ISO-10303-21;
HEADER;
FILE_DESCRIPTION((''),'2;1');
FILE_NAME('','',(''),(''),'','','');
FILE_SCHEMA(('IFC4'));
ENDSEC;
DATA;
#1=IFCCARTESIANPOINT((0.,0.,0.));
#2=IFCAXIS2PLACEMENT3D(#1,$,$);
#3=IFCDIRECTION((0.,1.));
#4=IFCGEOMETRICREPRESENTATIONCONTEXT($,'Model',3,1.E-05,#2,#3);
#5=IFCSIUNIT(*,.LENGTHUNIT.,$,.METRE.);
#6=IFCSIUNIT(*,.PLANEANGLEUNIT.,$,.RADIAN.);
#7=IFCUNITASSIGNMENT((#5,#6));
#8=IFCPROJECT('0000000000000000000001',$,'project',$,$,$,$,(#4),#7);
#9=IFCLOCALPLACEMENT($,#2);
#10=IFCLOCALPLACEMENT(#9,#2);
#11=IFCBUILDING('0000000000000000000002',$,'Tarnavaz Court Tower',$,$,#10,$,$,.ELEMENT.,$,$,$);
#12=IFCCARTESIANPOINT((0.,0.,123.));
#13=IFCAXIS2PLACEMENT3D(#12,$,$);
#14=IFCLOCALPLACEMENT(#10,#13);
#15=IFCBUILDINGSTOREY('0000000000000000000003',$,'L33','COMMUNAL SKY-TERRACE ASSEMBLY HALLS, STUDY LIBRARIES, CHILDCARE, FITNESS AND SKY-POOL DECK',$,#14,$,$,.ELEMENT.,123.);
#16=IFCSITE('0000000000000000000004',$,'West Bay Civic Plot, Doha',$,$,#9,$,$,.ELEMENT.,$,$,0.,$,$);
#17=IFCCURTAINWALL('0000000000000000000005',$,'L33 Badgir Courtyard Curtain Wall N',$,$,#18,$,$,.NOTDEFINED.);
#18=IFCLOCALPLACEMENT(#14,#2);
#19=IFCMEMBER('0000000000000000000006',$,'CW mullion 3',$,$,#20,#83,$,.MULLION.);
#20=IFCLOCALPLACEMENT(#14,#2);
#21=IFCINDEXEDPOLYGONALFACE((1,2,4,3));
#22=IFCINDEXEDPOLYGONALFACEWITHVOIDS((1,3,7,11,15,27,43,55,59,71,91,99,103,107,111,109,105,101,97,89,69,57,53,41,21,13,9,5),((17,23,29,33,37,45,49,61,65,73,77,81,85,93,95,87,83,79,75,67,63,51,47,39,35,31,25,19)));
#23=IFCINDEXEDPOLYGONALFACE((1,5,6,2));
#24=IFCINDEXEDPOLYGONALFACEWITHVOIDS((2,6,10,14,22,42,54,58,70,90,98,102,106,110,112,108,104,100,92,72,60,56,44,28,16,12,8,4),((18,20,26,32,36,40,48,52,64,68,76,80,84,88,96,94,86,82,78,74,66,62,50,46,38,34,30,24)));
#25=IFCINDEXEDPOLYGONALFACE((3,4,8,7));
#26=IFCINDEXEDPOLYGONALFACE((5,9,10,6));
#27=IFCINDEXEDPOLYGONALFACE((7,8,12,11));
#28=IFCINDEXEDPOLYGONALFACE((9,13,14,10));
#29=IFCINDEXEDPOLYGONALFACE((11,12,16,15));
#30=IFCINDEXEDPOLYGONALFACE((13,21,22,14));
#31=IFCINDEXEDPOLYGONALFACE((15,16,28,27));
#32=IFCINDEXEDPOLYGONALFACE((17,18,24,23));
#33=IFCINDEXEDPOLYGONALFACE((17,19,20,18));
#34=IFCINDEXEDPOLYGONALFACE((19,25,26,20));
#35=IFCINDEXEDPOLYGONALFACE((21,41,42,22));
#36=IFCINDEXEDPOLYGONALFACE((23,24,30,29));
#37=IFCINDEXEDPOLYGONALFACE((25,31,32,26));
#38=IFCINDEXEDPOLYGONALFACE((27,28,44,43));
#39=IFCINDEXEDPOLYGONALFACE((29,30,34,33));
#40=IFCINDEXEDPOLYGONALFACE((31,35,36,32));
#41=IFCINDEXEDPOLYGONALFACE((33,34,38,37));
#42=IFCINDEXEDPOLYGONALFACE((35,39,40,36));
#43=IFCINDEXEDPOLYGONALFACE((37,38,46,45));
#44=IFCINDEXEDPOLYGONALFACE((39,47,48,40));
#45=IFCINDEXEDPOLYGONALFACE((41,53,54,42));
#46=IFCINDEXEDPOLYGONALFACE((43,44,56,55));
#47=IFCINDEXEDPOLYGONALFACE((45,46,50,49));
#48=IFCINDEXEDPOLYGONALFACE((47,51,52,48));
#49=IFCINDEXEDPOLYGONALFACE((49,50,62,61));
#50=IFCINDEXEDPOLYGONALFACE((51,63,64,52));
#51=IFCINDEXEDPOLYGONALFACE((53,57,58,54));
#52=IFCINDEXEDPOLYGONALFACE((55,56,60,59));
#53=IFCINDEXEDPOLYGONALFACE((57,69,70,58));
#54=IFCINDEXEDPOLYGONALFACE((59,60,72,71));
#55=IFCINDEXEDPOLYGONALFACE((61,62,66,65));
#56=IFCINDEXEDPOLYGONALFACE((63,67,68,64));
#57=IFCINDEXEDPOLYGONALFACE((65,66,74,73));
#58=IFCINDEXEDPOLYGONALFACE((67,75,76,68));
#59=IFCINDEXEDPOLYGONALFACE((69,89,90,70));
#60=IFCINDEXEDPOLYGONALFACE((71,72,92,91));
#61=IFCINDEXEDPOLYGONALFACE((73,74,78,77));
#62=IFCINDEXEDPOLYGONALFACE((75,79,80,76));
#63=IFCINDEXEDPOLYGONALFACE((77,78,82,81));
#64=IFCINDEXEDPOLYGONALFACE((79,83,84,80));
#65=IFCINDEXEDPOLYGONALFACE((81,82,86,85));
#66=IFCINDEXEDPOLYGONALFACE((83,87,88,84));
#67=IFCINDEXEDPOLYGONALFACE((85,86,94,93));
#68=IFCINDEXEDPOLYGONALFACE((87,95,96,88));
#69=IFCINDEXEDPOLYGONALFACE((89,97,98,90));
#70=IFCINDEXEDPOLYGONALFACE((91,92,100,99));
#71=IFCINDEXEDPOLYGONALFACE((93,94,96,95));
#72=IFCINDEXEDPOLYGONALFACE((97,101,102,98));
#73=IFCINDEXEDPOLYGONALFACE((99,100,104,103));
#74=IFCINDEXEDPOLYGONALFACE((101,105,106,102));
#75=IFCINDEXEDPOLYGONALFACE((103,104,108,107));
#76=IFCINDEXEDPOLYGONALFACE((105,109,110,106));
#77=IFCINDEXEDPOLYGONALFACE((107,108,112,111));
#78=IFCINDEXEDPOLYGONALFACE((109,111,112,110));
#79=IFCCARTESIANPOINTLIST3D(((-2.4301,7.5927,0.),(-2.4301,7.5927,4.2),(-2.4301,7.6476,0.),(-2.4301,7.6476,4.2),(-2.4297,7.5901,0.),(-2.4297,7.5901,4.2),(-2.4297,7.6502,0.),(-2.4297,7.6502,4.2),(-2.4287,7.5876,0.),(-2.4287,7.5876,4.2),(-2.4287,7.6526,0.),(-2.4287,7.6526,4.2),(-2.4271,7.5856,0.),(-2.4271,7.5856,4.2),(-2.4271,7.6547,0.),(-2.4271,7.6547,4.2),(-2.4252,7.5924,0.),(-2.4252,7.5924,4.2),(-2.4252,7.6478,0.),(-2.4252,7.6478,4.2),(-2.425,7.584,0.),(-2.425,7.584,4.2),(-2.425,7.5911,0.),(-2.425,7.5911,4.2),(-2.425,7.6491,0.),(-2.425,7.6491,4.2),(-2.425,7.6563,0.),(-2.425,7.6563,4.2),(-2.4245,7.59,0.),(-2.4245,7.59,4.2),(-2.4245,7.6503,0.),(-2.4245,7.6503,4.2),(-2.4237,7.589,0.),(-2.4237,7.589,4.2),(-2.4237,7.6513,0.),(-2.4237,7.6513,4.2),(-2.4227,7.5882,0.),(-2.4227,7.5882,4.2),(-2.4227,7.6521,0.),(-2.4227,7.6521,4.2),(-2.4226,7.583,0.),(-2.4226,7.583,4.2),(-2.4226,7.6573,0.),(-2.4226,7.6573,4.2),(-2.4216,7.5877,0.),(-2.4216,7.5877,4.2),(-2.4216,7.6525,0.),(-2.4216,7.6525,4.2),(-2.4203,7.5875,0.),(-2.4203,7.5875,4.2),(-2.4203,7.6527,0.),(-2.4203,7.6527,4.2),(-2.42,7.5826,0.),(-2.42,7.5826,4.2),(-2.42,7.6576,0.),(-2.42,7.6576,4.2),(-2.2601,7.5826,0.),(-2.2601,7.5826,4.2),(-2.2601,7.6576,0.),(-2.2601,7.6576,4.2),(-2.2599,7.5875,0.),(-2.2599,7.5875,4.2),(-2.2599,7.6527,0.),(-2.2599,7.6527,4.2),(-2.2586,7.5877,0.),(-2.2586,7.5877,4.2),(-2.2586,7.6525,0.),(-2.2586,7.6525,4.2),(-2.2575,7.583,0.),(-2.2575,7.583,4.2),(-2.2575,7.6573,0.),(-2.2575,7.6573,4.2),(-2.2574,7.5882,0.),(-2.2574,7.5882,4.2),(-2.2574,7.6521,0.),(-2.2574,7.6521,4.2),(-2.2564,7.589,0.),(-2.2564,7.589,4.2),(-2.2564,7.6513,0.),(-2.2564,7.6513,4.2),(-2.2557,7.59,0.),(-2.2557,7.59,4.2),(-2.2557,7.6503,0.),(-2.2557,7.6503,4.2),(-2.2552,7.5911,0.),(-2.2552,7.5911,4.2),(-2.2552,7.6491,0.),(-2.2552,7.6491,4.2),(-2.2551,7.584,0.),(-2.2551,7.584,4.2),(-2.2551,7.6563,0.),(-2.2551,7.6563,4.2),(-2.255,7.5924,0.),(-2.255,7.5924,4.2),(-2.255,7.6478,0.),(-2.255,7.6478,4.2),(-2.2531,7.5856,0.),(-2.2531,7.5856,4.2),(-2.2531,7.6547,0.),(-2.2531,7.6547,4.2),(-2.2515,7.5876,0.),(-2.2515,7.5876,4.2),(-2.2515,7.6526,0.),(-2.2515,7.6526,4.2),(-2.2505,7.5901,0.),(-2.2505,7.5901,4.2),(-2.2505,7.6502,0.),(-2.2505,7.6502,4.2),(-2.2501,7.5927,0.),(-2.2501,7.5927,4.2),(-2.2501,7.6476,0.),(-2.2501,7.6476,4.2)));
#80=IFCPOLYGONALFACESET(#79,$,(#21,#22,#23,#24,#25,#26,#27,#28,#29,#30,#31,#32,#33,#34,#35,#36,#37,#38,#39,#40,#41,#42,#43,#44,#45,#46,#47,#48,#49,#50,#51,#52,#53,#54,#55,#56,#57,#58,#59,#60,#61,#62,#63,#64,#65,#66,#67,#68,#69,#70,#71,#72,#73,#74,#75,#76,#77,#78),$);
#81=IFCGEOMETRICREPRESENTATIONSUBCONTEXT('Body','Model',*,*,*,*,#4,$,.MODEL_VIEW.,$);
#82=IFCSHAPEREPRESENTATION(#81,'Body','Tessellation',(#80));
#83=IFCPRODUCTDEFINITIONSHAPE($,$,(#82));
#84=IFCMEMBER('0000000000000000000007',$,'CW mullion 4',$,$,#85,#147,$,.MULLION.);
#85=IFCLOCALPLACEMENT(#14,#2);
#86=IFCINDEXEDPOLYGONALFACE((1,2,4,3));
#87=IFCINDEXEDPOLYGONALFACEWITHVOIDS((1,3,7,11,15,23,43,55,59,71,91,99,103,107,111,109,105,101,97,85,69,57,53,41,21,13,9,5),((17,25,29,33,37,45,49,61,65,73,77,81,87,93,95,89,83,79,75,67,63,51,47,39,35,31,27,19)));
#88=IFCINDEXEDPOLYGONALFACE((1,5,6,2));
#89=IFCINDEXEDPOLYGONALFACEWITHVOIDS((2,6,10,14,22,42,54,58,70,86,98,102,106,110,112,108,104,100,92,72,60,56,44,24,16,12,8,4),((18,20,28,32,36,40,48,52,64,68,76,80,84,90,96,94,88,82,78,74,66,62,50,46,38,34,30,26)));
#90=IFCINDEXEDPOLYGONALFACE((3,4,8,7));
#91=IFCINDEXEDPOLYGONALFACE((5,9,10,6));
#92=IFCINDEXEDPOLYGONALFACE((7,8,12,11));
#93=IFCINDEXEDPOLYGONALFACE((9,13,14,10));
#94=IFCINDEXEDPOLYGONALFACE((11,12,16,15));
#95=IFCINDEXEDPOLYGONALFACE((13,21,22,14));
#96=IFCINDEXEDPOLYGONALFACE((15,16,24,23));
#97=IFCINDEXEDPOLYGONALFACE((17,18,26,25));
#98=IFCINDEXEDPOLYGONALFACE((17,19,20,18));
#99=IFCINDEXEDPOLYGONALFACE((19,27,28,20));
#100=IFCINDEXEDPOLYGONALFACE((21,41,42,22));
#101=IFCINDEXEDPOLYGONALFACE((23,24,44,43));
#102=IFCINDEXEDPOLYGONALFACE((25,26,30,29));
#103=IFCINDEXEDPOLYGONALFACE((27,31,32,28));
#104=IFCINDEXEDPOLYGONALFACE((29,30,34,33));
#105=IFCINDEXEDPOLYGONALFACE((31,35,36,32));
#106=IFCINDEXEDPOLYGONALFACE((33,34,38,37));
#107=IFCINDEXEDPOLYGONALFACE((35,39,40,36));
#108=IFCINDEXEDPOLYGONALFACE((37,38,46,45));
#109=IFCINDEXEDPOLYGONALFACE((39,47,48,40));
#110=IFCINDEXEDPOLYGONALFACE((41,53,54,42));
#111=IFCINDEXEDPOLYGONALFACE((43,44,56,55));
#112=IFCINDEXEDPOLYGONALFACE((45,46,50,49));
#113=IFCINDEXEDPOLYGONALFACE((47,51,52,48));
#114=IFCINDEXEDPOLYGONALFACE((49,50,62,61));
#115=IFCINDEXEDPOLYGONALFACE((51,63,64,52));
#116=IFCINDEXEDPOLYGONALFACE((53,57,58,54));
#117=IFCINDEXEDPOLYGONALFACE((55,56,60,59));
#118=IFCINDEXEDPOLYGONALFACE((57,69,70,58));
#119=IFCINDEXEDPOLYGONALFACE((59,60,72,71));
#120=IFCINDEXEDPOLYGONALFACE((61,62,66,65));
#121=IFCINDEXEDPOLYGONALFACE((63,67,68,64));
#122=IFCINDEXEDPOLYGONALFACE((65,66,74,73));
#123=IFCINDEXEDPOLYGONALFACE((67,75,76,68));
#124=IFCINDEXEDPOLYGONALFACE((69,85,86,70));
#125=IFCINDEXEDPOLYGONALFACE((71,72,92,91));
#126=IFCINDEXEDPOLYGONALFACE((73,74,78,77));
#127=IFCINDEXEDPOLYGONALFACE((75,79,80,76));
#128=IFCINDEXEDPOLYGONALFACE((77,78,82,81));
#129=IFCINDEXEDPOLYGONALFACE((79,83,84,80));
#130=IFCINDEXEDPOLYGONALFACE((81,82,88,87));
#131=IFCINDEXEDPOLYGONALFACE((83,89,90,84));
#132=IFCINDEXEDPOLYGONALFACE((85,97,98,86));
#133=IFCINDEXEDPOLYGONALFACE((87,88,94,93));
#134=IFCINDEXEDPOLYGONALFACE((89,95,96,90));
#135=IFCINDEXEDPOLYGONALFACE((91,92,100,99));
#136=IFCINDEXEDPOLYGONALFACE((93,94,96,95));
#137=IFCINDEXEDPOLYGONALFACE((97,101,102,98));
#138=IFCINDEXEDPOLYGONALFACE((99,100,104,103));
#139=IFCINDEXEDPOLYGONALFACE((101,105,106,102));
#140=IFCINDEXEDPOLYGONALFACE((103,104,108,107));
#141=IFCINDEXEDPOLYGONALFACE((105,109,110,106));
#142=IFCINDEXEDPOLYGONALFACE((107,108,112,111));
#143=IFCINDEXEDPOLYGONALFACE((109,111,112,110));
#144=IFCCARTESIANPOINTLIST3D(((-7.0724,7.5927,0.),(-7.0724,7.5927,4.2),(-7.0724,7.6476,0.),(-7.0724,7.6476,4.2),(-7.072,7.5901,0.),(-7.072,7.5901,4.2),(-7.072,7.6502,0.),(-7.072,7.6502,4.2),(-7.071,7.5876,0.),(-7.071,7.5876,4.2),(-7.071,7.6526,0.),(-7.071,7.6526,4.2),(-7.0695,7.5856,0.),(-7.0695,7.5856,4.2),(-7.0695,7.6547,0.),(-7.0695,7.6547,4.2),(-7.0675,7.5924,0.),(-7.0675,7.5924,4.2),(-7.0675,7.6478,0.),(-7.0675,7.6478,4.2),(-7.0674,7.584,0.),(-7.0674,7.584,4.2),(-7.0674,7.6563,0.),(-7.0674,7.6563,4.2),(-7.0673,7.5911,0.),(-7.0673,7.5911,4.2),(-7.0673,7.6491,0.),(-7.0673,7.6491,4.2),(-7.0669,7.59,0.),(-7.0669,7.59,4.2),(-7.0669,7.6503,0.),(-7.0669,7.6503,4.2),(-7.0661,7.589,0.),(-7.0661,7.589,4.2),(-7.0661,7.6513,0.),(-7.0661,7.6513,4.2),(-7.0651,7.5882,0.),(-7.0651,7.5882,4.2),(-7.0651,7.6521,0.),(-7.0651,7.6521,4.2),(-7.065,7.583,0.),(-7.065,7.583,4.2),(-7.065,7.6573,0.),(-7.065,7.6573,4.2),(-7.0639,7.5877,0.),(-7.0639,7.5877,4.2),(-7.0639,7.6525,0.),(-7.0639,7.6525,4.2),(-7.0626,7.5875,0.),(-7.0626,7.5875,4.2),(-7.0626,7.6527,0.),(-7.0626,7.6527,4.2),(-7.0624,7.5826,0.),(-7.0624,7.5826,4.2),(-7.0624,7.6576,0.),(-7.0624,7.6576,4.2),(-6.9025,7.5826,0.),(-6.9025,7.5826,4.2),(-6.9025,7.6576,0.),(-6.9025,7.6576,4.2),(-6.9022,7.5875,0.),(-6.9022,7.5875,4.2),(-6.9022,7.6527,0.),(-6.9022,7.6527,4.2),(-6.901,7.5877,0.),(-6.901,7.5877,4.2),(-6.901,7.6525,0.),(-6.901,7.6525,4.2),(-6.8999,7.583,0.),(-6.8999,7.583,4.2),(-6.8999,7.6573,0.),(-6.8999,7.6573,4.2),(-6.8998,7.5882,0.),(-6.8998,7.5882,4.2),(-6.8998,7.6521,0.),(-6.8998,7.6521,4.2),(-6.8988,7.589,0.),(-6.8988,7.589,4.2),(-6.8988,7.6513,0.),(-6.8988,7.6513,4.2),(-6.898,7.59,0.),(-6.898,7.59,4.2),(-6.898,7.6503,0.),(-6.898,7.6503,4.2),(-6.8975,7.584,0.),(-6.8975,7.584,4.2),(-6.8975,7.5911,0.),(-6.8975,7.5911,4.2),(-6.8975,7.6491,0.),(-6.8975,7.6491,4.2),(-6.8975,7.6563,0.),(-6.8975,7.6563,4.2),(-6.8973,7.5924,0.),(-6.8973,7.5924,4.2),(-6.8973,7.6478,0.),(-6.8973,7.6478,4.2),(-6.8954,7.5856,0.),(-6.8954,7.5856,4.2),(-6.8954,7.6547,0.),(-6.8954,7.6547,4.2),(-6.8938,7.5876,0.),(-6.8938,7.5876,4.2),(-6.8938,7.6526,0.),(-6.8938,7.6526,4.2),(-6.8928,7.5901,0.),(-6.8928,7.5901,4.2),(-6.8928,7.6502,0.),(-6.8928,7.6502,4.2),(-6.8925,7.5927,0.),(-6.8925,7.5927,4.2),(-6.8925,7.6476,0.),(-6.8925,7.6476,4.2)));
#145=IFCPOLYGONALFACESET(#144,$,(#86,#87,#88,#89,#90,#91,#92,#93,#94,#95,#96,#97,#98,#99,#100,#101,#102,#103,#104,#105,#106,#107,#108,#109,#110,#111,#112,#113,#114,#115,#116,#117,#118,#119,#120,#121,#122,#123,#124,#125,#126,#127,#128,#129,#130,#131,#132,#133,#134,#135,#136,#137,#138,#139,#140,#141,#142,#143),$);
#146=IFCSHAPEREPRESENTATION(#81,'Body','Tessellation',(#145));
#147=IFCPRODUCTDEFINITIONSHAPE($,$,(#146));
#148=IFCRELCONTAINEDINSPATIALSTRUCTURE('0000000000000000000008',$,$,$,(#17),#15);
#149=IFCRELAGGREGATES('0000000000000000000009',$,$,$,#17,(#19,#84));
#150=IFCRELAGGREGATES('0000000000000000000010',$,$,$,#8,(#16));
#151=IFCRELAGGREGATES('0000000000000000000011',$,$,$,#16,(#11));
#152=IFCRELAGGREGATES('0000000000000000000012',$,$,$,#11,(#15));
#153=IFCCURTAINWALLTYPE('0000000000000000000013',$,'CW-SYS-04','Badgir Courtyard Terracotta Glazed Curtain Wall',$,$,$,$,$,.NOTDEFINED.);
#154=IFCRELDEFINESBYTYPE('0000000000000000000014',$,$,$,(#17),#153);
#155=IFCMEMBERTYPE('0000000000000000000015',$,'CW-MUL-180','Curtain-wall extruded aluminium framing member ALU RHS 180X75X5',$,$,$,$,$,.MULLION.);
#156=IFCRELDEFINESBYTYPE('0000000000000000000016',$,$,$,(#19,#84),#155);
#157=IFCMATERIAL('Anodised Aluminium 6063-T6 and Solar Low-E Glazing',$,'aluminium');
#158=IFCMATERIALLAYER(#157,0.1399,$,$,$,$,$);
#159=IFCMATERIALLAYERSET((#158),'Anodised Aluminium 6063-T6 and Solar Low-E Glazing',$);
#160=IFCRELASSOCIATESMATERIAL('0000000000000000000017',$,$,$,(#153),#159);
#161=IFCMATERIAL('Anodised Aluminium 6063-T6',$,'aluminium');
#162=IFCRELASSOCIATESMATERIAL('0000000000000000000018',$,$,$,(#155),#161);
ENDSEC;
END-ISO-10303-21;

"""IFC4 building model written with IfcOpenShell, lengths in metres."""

from ifc_helpers import new_model, si_unit, direction, frame, origin, origin_2d, place, context, subcontext, project, spatial, hollow_rectangle, extrude, material, layer, layer_set, material_profile, profile_set, type_object, element, aggregate, save


model = new_model("IFC4")

# Units and contexts
model_context = context("Model", 3, precision=1e-05, world=origin(), true_north=direction((0.0, 1.0)))
body_context = subcontext(model_context, "Body", "Model", "MODEL_VIEW")
ifc_project = project(units=[si_unit("LENGTHUNIT", "METRE"), si_unit("PLANEANGLEUNIT", "RADIAN")], contexts=[model_context])

# Site, building, storey
site_placement = place(None, origin())
site = spatial("IfcSite", under=ifc_project, at=site_placement, Name="West Bay Civic Plot, Doha", CompositionType="ELEMENT", RefElevation=0.0)
building_placement = place(site_placement, origin())
building = spatial("IfcBuilding", under=site, at=building_placement, Name="Tarnavaz Court Tower", CompositionType="ELEMENT")
storey_placement = place(building_placement, frame((0.0, 0.0, 123.0)))
storey = spatial("IfcBuildingStorey", under=building, at=storey_placement, Name="L33", Description="COMMUNAL SKY-TERRACE ASSEMBLY HALLS, STUDY LIBRARIES, CHILDCARE, FITNESS AND SKY-POOL DECK", CompositionType="ELEMENT", Elevation=123.0)

# Curtain wall, members
ifc_material_1 = material(Name="Anodised Aluminium 6063-T6 and Solar Low-E Glazing", Category="aluminium")
ifc_layer_1 = layer(ifc_material_1, 0.1399)
ifc_layer_set_1 = layer_set([ifc_layer_1], Name="Anodised Aluminium 6063-T6 and Solar Low-E Glazing")
curtain_wall_type = type_object("IfcCurtainWallType", Name="CW-SYS-04", Description="Badgir Courtyard Terracotta Glazed Curtain Wall", PredefinedType="NOTDEFINED", material=ifc_layer_set_1)
curtain_wall_placement = place(storey_placement, origin())
curtain_wall = element("IfcCurtainWall", 1, at=curtain_wall_placement, inside=storey, type_object=curtain_wall_type, Name="L33 Badgir Courtyard Curtain Wall N", PredefinedType="NOTDEFINED")
ifc_material_2 = material(Name="Anodised Aluminium 6063-T6", Category="aluminium")
ifc_material_profile_1 = material_profile(ifc_material_2, hollow_rectangle(XDim=0.075, YDim=0.1799, WallThickness=0.0049, InnerFilletRadius=0.0049, OuterFilletRadius=0.01, at=origin_2d()), Name="ALU RHS 180X75X5")
ifc_profile_set_1 = profile_set([ifc_material_profile_1], Name="Anodised Aluminium 6063-T6")
member_type_1 = type_object("IfcMemberType", Name="CW-MUL-180", Description="Curtain-wall extruded aluminium framing member ALU RHS 180X75X5", PredefinedType="MULLION", material=ifc_profile_set_1)
member_1_placement = place(storey_placement, frame((-2.3401, 7.6201, 0.0), z_axis=(0.0, 0.0, 1.0), x_axis=(0.0, -1.0, 0.0)))
member_1 = element("IfcMember", 2, at=member_1_placement, type_object=member_type_1, Name="CW mullion 3", PredefinedType="MULLION", context=body_context, shape_type="SweptSolid", body=[
    extrude(hollow_rectangle(XDim=0.075, YDim=0.1799, WallThickness=0.0049, InnerFilletRadius=0.0049, OuterFilletRadius=0.01, at=origin_2d()), origin(), (0.0, 0.0, 1.0), 4.2),
])
member_2_placement = place(storey_placement, frame((-6.9824, 7.6201, 0.0), z_axis=(0.0, 0.0, 1.0), x_axis=(0.0, -1.0, 0.0)))
member_2 = element("IfcMember", 3, at=member_2_placement, type_object=member_type_1, Name="CW mullion 4", PredefinedType="MULLION", context=body_context, shape_type="SweptSolid", body=[
    extrude(hollow_rectangle(XDim=0.075, YDim=0.1799, WallThickness=0.0049, InnerFilletRadius=0.0049, OuterFilletRadius=0.01, at=origin_2d()), origin(), (0.0, 0.0, 1.0), 4.2),
])
aggregate(curtain_wall, [member_1, member_2])

save(model, "model.ifc")
